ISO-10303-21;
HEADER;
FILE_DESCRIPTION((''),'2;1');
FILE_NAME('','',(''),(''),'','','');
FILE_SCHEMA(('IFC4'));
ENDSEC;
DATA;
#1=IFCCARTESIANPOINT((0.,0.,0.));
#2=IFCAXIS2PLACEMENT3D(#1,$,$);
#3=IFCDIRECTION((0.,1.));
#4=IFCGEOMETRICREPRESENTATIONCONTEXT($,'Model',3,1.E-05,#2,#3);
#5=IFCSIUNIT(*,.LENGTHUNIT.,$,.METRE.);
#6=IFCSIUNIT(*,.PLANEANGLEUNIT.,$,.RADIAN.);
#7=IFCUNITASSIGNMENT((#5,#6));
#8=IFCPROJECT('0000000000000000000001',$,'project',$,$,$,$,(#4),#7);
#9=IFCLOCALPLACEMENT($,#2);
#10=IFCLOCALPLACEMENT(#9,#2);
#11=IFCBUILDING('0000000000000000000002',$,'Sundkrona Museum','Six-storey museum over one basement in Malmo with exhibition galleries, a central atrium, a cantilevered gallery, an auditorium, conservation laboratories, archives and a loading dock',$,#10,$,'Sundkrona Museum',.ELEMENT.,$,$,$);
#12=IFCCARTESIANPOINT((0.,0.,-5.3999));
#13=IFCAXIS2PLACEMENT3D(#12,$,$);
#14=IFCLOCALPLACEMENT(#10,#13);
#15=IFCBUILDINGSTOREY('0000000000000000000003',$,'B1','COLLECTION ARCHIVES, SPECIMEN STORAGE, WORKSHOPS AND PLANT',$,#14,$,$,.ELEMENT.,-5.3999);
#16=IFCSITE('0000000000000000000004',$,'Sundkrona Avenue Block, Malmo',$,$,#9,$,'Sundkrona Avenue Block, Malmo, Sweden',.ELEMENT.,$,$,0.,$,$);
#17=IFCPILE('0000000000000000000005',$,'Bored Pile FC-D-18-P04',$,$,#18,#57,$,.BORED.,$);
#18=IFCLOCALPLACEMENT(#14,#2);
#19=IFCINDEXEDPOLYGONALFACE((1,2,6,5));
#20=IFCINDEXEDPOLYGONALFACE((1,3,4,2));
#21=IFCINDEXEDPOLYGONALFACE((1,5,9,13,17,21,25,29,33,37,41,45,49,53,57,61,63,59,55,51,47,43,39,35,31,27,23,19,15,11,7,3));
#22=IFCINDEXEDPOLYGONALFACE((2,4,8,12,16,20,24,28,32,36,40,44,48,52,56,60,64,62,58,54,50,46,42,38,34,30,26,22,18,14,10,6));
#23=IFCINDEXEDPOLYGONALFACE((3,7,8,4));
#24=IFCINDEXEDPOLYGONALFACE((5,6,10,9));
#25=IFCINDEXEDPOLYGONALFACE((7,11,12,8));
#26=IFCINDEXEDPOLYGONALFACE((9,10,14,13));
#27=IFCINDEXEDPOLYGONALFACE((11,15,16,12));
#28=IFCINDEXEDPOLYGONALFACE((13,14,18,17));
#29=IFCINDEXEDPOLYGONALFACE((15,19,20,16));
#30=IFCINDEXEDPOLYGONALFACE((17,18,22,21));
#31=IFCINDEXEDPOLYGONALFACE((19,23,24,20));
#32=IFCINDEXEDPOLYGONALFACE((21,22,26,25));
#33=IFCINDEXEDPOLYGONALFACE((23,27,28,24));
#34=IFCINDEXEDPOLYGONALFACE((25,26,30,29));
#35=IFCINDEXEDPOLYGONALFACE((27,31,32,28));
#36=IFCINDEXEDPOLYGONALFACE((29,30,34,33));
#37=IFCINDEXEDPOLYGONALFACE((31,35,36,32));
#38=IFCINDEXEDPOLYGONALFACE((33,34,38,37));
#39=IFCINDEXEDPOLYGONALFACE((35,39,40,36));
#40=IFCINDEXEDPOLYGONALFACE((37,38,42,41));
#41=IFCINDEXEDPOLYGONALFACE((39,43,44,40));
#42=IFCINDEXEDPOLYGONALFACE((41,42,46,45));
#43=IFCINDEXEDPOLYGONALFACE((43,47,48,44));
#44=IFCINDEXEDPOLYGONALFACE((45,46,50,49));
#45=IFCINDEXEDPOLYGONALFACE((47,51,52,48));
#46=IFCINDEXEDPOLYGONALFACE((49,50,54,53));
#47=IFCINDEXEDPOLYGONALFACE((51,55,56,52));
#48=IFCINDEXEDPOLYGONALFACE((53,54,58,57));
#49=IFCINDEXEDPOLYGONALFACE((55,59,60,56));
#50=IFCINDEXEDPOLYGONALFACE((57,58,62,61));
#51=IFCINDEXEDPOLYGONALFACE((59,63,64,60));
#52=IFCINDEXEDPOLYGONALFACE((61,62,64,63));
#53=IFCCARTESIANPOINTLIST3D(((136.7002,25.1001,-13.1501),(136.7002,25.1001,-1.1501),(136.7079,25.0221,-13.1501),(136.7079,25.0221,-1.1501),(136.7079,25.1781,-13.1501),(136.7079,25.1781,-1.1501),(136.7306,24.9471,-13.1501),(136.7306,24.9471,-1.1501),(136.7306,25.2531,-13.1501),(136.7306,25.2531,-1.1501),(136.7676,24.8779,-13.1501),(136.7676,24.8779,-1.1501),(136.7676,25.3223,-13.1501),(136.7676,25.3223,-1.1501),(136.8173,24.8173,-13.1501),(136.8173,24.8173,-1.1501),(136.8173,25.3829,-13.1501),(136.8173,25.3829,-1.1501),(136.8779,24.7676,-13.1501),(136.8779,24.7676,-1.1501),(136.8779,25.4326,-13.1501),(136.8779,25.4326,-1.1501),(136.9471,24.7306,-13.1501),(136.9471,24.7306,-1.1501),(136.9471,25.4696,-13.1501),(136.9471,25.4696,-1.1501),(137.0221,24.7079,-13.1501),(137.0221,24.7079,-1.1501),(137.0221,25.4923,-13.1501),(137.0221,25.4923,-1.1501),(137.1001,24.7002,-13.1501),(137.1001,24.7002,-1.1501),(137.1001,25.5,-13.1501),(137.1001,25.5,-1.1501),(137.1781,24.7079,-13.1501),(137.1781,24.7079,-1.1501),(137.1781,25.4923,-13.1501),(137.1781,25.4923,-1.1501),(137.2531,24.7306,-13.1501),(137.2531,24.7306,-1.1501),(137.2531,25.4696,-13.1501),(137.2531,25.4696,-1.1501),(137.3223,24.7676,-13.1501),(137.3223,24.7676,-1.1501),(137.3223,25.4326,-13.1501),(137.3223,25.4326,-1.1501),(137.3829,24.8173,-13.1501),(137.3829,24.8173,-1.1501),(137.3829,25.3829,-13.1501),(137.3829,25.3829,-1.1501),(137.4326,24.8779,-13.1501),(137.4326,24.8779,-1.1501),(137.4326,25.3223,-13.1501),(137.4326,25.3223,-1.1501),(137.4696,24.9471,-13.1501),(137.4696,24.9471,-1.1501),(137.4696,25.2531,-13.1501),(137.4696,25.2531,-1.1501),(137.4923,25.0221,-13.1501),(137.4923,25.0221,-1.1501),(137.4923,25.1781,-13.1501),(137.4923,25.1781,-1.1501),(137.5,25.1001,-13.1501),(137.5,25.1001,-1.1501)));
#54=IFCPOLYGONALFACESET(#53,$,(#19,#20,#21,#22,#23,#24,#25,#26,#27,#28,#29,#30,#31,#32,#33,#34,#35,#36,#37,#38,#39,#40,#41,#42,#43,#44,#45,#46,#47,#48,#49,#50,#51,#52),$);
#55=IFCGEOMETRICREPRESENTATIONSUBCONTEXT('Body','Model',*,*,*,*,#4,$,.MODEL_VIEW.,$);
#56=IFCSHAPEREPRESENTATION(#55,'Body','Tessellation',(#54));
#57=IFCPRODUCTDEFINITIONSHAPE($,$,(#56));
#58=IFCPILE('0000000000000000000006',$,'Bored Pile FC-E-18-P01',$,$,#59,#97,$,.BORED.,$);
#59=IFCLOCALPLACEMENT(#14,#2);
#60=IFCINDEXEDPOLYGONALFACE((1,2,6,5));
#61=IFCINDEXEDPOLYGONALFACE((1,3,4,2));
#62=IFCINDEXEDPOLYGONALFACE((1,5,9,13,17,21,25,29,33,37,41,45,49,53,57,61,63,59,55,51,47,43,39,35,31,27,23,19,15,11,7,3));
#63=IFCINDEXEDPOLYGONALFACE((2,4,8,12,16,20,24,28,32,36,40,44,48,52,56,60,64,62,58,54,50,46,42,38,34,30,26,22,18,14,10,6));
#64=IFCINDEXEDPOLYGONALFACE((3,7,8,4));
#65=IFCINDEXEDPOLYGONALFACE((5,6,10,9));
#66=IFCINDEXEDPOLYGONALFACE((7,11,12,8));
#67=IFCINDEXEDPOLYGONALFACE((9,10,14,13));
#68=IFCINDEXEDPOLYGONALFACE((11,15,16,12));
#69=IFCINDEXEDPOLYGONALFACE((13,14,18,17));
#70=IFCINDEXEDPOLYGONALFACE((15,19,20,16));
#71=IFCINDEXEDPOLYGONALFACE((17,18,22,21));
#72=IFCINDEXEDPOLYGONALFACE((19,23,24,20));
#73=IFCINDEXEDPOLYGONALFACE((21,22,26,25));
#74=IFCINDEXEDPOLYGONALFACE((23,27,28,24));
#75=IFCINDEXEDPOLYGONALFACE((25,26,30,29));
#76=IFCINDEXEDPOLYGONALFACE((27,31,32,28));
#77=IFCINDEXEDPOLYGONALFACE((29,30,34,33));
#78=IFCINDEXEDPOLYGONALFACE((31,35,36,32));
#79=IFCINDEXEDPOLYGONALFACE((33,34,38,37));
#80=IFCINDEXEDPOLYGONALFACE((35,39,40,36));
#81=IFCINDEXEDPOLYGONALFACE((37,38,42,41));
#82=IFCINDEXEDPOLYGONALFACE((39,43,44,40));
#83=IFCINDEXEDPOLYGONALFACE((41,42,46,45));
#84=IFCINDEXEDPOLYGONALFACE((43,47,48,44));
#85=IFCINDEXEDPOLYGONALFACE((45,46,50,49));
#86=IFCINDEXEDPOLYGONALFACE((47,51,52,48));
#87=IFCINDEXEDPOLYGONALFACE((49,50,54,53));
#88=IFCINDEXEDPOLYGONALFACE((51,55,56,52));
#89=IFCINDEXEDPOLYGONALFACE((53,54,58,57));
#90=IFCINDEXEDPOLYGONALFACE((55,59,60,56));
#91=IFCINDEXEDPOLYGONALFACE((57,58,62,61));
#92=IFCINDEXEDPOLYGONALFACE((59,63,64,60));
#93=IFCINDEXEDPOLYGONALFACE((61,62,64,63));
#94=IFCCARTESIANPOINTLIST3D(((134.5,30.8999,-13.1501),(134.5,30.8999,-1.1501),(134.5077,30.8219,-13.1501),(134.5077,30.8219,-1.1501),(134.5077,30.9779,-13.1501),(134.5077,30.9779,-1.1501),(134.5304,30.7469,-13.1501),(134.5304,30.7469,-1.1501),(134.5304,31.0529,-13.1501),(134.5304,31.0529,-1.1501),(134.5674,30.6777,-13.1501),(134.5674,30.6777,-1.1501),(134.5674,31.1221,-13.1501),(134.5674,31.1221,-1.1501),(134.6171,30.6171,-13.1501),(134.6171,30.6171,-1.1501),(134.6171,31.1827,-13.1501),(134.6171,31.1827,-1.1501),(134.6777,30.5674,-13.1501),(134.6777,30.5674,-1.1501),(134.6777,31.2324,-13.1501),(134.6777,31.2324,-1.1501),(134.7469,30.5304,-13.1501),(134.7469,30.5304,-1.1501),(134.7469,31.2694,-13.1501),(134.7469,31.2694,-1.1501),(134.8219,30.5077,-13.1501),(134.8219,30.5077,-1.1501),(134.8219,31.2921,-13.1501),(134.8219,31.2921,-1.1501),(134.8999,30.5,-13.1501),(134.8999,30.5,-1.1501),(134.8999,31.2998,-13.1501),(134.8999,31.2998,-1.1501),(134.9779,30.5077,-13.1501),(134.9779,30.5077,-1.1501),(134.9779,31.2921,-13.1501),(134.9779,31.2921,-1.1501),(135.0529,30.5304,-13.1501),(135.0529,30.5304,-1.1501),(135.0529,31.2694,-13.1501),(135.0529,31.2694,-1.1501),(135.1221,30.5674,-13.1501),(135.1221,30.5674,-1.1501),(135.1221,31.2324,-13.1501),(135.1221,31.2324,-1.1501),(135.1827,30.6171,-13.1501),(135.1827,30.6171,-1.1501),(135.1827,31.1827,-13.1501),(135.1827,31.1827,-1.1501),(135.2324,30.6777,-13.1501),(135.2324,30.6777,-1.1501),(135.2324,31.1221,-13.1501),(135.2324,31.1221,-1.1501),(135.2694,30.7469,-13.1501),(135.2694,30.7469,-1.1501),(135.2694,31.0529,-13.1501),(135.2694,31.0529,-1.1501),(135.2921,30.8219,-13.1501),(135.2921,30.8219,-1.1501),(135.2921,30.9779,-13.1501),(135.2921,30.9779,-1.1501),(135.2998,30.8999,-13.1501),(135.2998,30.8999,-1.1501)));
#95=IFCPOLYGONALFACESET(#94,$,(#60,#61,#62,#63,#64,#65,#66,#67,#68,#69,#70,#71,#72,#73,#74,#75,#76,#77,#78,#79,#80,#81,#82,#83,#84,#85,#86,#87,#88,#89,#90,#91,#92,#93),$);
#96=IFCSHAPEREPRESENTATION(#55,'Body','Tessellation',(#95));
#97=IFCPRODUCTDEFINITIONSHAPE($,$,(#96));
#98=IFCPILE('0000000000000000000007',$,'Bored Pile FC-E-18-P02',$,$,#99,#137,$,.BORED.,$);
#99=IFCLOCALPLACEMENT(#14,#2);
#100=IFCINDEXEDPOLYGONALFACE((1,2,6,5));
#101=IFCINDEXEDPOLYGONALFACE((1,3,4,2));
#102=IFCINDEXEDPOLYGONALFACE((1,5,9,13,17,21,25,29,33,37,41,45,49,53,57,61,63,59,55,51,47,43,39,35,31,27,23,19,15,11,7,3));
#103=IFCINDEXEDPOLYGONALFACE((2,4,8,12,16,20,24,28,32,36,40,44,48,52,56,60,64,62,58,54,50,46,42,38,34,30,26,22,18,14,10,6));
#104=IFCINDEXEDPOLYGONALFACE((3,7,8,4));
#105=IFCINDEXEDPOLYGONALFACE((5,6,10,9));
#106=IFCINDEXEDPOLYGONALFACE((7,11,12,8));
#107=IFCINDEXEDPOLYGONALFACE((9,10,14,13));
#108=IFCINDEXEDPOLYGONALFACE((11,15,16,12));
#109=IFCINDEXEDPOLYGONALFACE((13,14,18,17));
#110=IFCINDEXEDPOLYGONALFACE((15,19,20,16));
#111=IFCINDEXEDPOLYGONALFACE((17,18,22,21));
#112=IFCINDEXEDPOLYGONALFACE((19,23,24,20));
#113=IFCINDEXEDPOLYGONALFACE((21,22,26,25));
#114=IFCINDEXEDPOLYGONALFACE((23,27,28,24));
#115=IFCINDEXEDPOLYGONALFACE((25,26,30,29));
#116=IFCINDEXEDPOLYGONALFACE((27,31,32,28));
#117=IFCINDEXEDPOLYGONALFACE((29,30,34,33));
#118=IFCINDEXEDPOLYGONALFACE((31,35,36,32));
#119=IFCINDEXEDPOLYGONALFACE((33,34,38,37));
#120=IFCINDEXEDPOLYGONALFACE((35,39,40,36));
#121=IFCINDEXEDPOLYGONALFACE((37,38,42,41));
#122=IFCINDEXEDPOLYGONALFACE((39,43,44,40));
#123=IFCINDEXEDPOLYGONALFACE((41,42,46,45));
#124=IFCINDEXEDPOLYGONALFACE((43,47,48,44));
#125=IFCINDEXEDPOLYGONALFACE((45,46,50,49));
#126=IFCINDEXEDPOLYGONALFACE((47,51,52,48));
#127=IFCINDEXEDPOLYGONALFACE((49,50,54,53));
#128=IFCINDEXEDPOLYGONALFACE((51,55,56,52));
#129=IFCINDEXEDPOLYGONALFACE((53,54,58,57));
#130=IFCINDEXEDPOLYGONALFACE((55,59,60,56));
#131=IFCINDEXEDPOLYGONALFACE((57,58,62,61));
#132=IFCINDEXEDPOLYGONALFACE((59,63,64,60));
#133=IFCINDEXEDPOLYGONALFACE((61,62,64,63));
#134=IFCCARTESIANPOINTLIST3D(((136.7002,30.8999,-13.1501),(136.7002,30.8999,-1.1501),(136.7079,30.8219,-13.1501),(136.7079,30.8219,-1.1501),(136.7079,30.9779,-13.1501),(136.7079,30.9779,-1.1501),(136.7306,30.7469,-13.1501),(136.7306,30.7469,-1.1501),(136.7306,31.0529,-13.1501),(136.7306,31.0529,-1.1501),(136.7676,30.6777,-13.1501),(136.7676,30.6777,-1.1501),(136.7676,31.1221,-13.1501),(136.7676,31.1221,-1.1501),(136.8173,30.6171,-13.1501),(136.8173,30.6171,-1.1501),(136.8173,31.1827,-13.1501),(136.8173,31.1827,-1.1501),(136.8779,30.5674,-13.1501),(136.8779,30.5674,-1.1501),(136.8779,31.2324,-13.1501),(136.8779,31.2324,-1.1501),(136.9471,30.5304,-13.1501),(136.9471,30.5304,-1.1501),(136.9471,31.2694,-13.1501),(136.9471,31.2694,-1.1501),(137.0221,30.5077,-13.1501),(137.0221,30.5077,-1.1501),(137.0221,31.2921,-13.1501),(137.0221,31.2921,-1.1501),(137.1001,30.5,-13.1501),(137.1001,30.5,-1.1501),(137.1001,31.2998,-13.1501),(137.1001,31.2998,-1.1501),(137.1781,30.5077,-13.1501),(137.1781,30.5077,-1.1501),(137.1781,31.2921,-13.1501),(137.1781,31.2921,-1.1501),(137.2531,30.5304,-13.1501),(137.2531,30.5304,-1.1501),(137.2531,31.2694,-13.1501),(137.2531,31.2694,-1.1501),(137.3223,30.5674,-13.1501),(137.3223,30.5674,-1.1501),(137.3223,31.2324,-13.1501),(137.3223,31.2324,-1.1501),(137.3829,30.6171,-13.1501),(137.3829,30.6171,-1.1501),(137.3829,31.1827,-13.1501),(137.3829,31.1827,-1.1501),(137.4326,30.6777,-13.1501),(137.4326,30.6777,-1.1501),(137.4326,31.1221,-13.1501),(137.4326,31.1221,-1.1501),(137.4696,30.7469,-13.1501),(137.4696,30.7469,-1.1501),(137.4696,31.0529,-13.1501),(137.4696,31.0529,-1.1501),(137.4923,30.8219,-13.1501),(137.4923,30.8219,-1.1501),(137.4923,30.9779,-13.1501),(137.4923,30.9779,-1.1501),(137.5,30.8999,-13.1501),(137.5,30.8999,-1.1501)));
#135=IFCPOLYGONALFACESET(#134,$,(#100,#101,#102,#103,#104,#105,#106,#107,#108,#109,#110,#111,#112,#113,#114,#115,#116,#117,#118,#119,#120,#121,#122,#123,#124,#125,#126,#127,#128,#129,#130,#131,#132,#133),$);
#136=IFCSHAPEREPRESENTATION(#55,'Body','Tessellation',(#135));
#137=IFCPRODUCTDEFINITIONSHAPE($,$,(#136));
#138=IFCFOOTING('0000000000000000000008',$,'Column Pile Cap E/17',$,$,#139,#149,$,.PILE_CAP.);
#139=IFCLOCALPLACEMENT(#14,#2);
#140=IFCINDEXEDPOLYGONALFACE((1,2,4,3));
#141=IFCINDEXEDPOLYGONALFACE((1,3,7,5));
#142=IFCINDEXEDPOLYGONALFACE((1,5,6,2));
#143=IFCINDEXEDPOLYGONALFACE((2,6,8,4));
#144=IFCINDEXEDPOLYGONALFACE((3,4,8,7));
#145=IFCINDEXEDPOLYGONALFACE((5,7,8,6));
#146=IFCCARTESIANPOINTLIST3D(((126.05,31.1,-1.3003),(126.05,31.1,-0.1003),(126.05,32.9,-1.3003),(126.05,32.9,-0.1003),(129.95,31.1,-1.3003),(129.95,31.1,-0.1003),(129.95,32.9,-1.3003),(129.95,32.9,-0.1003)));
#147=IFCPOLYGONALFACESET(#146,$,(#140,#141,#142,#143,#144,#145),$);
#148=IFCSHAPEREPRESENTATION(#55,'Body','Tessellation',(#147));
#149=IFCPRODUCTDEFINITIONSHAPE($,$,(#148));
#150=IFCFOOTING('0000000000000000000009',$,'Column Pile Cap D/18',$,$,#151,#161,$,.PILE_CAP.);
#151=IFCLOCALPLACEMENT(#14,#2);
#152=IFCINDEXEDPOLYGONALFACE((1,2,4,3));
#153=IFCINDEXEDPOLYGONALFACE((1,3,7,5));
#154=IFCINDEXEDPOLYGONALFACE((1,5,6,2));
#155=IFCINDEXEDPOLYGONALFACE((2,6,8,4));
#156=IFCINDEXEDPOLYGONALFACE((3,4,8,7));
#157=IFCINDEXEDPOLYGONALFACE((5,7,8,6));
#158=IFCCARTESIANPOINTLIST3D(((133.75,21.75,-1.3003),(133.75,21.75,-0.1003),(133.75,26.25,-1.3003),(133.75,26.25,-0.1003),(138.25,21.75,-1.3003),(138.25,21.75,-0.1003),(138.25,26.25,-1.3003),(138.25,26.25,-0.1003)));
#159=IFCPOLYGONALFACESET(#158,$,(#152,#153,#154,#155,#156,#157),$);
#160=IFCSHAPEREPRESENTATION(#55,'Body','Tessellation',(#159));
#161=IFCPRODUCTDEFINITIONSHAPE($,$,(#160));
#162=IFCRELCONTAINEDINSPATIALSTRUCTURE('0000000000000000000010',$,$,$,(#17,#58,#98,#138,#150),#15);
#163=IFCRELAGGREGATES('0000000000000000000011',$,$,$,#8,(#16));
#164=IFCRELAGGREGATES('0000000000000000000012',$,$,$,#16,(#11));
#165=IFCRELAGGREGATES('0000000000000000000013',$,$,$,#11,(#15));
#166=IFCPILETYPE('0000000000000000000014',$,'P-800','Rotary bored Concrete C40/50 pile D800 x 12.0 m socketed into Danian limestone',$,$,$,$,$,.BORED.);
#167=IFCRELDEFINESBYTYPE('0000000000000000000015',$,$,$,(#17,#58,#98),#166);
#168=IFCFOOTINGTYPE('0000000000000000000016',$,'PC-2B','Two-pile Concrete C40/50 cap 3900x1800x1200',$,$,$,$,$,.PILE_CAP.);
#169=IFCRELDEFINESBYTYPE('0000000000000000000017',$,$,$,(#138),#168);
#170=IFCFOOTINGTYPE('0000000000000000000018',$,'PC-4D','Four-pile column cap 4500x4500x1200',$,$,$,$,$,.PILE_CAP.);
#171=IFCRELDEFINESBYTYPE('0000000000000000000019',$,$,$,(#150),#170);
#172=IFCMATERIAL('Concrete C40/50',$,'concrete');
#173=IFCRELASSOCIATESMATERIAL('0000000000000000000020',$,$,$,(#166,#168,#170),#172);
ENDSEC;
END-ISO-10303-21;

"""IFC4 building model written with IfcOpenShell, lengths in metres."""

from ifc_helpers import new_model, si_unit, direction, frame, origin, origin_2d, place, context, subcontext, project, spatial, rectangle, circle, extrude, material, material_profile, profile_set, type_object, element, save


model = new_model("IFC4")

# Units and contexts
model_context = context("Model", 3, precision=1e-05, world=origin(), true_north=direction((0.0, 1.0)))
body_context = subcontext(model_context, "Body", "Model", "MODEL_VIEW")
ifc_project = project(units=[si_unit("LENGTHUNIT", "METRE"), si_unit("PLANEANGLEUNIT", "RADIAN")], contexts=[model_context])

# Site, building, storey
site_placement = place(None, origin())
site = spatial("IfcSite", under=ifc_project, at=site_placement, Name="Sundkrona Avenue Block, Malmo", LongName="Sundkrona Avenue Block, Malmo, Sweden", CompositionType="ELEMENT", RefElevation=0.0)
building_placement = place(site_placement, origin())
building = spatial("IfcBuilding", under=site, at=building_placement, Name="Sundkrona Museum", Description="Six-storey museum over one basement in Malmo with exhibition galleries, a central atrium, a cantilevered gallery, an auditorium, conservation laboratories, archives and a loading dock", LongName="Sundkrona Museum", CompositionType="ELEMENT")
storey_placement = place(building_placement, frame((0.0, 0.0, -5.3999)))
storey = spatial("IfcBuildingStorey", under=building, at=storey_placement, Name="B1", Description="COLLECTION ARCHIVES, SPECIMEN STORAGE, WORKSHOPS AND PLANT", CompositionType="ELEMENT", Elevation=-5.3999)

# Shared definitions
ifc_material_1 = material(Name="Concrete C40/50", Category="concrete")

# Piles
ifc_material_profile_1 = material_profile(ifc_material_1, circle(Radius=0.3999, at=origin_2d()), Name="PILE D800")
ifc_profile_set_1 = profile_set([ifc_material_profile_1], Name="Concrete C40/50")
pile_type = type_object("IfcPileType", Name="P-800", Description="Rotary bored Concrete C40/50 pile D800 x 12.0 m socketed into Danian limestone", PredefinedType="BORED", material=ifc_profile_set_1)
for number, where, z_axis, x_axis, name in (
    (1, (137.1001, 25.1001, -1.1501), (0.0, 0.0, -1.0), (1.0, 0.0, 0.0), "Bored Pile FC-D-18-P04"),
    (2, (134.8999, 30.8999, -1.1501), (0.0, 0.0, -1.0), (1.0, 0.0, 0.0), "Bored Pile FC-E-18-P01"),
    (3, (137.1001, 30.8999, -1.1501), (0.0, 0.0, -1.0), (1.0, 0.0, 0.0), "Bored Pile FC-E-18-P02"),
):
    element("IfcPile", number, at=place(storey_placement, frame(where, z_axis=z_axis, x_axis=x_axis)), inside=storey, type_object=pile_type, Name=name, PredefinedType="BORED", context=body_context, shape_type="SweptSolid", body=[
        extrude(circle(Radius=0.3999, at=origin_2d()), origin(), (0.0, 0.0, 1.0), 12.0),
    ])

# Footings
footing_type_1 = type_object("IfcFootingType", Name="PC-2B", Description="Two-pile Concrete C40/50 cap 3900x1800x1200", PredefinedType="PILE_CAP", material=ifc_material_1)
footing_1_placement = place(storey_placement, frame((128.0, 32.0, -1.3003), z_axis=(0.0, 0.0, 1.0), x_axis=(1.0, 0.0, 0.0)))
element("IfcFooting", 4, at=footing_1_placement, inside=storey, type_object=footing_type_1, Name="Column Pile Cap E/17", PredefinedType="PILE_CAP", context=body_context, shape_type="SweptSolid", body=[
    extrude(rectangle(XDim=3.8999, YDim=1.8, at=origin_2d()), origin(), (0.0, 0.0, 1.0), 1.2),
])
footing_type_2 = type_object("IfcFootingType", Name="PC-4D", Description="Four-pile column cap 4500x4500x1200", PredefinedType="PILE_CAP", material=ifc_material_1)
footing_2_placement = place(storey_placement, frame((136.0, 24.0, -1.3003), z_axis=(0.0, 0.0, 1.0), x_axis=(1.0, 0.0, 0.0)))
element("IfcFooting", 5, at=footing_2_placement, inside=storey, type_object=footing_type_2, Name="Column Pile Cap D/18", PredefinedType="PILE_CAP", context=body_context, shape_type="SweptSolid", body=[
    extrude(rectangle(XDim=4.5, YDim=4.5, at=origin_2d()), origin(), (0.0, 0.0, 1.0), 1.2),
])

save(model, "model.ifc")
